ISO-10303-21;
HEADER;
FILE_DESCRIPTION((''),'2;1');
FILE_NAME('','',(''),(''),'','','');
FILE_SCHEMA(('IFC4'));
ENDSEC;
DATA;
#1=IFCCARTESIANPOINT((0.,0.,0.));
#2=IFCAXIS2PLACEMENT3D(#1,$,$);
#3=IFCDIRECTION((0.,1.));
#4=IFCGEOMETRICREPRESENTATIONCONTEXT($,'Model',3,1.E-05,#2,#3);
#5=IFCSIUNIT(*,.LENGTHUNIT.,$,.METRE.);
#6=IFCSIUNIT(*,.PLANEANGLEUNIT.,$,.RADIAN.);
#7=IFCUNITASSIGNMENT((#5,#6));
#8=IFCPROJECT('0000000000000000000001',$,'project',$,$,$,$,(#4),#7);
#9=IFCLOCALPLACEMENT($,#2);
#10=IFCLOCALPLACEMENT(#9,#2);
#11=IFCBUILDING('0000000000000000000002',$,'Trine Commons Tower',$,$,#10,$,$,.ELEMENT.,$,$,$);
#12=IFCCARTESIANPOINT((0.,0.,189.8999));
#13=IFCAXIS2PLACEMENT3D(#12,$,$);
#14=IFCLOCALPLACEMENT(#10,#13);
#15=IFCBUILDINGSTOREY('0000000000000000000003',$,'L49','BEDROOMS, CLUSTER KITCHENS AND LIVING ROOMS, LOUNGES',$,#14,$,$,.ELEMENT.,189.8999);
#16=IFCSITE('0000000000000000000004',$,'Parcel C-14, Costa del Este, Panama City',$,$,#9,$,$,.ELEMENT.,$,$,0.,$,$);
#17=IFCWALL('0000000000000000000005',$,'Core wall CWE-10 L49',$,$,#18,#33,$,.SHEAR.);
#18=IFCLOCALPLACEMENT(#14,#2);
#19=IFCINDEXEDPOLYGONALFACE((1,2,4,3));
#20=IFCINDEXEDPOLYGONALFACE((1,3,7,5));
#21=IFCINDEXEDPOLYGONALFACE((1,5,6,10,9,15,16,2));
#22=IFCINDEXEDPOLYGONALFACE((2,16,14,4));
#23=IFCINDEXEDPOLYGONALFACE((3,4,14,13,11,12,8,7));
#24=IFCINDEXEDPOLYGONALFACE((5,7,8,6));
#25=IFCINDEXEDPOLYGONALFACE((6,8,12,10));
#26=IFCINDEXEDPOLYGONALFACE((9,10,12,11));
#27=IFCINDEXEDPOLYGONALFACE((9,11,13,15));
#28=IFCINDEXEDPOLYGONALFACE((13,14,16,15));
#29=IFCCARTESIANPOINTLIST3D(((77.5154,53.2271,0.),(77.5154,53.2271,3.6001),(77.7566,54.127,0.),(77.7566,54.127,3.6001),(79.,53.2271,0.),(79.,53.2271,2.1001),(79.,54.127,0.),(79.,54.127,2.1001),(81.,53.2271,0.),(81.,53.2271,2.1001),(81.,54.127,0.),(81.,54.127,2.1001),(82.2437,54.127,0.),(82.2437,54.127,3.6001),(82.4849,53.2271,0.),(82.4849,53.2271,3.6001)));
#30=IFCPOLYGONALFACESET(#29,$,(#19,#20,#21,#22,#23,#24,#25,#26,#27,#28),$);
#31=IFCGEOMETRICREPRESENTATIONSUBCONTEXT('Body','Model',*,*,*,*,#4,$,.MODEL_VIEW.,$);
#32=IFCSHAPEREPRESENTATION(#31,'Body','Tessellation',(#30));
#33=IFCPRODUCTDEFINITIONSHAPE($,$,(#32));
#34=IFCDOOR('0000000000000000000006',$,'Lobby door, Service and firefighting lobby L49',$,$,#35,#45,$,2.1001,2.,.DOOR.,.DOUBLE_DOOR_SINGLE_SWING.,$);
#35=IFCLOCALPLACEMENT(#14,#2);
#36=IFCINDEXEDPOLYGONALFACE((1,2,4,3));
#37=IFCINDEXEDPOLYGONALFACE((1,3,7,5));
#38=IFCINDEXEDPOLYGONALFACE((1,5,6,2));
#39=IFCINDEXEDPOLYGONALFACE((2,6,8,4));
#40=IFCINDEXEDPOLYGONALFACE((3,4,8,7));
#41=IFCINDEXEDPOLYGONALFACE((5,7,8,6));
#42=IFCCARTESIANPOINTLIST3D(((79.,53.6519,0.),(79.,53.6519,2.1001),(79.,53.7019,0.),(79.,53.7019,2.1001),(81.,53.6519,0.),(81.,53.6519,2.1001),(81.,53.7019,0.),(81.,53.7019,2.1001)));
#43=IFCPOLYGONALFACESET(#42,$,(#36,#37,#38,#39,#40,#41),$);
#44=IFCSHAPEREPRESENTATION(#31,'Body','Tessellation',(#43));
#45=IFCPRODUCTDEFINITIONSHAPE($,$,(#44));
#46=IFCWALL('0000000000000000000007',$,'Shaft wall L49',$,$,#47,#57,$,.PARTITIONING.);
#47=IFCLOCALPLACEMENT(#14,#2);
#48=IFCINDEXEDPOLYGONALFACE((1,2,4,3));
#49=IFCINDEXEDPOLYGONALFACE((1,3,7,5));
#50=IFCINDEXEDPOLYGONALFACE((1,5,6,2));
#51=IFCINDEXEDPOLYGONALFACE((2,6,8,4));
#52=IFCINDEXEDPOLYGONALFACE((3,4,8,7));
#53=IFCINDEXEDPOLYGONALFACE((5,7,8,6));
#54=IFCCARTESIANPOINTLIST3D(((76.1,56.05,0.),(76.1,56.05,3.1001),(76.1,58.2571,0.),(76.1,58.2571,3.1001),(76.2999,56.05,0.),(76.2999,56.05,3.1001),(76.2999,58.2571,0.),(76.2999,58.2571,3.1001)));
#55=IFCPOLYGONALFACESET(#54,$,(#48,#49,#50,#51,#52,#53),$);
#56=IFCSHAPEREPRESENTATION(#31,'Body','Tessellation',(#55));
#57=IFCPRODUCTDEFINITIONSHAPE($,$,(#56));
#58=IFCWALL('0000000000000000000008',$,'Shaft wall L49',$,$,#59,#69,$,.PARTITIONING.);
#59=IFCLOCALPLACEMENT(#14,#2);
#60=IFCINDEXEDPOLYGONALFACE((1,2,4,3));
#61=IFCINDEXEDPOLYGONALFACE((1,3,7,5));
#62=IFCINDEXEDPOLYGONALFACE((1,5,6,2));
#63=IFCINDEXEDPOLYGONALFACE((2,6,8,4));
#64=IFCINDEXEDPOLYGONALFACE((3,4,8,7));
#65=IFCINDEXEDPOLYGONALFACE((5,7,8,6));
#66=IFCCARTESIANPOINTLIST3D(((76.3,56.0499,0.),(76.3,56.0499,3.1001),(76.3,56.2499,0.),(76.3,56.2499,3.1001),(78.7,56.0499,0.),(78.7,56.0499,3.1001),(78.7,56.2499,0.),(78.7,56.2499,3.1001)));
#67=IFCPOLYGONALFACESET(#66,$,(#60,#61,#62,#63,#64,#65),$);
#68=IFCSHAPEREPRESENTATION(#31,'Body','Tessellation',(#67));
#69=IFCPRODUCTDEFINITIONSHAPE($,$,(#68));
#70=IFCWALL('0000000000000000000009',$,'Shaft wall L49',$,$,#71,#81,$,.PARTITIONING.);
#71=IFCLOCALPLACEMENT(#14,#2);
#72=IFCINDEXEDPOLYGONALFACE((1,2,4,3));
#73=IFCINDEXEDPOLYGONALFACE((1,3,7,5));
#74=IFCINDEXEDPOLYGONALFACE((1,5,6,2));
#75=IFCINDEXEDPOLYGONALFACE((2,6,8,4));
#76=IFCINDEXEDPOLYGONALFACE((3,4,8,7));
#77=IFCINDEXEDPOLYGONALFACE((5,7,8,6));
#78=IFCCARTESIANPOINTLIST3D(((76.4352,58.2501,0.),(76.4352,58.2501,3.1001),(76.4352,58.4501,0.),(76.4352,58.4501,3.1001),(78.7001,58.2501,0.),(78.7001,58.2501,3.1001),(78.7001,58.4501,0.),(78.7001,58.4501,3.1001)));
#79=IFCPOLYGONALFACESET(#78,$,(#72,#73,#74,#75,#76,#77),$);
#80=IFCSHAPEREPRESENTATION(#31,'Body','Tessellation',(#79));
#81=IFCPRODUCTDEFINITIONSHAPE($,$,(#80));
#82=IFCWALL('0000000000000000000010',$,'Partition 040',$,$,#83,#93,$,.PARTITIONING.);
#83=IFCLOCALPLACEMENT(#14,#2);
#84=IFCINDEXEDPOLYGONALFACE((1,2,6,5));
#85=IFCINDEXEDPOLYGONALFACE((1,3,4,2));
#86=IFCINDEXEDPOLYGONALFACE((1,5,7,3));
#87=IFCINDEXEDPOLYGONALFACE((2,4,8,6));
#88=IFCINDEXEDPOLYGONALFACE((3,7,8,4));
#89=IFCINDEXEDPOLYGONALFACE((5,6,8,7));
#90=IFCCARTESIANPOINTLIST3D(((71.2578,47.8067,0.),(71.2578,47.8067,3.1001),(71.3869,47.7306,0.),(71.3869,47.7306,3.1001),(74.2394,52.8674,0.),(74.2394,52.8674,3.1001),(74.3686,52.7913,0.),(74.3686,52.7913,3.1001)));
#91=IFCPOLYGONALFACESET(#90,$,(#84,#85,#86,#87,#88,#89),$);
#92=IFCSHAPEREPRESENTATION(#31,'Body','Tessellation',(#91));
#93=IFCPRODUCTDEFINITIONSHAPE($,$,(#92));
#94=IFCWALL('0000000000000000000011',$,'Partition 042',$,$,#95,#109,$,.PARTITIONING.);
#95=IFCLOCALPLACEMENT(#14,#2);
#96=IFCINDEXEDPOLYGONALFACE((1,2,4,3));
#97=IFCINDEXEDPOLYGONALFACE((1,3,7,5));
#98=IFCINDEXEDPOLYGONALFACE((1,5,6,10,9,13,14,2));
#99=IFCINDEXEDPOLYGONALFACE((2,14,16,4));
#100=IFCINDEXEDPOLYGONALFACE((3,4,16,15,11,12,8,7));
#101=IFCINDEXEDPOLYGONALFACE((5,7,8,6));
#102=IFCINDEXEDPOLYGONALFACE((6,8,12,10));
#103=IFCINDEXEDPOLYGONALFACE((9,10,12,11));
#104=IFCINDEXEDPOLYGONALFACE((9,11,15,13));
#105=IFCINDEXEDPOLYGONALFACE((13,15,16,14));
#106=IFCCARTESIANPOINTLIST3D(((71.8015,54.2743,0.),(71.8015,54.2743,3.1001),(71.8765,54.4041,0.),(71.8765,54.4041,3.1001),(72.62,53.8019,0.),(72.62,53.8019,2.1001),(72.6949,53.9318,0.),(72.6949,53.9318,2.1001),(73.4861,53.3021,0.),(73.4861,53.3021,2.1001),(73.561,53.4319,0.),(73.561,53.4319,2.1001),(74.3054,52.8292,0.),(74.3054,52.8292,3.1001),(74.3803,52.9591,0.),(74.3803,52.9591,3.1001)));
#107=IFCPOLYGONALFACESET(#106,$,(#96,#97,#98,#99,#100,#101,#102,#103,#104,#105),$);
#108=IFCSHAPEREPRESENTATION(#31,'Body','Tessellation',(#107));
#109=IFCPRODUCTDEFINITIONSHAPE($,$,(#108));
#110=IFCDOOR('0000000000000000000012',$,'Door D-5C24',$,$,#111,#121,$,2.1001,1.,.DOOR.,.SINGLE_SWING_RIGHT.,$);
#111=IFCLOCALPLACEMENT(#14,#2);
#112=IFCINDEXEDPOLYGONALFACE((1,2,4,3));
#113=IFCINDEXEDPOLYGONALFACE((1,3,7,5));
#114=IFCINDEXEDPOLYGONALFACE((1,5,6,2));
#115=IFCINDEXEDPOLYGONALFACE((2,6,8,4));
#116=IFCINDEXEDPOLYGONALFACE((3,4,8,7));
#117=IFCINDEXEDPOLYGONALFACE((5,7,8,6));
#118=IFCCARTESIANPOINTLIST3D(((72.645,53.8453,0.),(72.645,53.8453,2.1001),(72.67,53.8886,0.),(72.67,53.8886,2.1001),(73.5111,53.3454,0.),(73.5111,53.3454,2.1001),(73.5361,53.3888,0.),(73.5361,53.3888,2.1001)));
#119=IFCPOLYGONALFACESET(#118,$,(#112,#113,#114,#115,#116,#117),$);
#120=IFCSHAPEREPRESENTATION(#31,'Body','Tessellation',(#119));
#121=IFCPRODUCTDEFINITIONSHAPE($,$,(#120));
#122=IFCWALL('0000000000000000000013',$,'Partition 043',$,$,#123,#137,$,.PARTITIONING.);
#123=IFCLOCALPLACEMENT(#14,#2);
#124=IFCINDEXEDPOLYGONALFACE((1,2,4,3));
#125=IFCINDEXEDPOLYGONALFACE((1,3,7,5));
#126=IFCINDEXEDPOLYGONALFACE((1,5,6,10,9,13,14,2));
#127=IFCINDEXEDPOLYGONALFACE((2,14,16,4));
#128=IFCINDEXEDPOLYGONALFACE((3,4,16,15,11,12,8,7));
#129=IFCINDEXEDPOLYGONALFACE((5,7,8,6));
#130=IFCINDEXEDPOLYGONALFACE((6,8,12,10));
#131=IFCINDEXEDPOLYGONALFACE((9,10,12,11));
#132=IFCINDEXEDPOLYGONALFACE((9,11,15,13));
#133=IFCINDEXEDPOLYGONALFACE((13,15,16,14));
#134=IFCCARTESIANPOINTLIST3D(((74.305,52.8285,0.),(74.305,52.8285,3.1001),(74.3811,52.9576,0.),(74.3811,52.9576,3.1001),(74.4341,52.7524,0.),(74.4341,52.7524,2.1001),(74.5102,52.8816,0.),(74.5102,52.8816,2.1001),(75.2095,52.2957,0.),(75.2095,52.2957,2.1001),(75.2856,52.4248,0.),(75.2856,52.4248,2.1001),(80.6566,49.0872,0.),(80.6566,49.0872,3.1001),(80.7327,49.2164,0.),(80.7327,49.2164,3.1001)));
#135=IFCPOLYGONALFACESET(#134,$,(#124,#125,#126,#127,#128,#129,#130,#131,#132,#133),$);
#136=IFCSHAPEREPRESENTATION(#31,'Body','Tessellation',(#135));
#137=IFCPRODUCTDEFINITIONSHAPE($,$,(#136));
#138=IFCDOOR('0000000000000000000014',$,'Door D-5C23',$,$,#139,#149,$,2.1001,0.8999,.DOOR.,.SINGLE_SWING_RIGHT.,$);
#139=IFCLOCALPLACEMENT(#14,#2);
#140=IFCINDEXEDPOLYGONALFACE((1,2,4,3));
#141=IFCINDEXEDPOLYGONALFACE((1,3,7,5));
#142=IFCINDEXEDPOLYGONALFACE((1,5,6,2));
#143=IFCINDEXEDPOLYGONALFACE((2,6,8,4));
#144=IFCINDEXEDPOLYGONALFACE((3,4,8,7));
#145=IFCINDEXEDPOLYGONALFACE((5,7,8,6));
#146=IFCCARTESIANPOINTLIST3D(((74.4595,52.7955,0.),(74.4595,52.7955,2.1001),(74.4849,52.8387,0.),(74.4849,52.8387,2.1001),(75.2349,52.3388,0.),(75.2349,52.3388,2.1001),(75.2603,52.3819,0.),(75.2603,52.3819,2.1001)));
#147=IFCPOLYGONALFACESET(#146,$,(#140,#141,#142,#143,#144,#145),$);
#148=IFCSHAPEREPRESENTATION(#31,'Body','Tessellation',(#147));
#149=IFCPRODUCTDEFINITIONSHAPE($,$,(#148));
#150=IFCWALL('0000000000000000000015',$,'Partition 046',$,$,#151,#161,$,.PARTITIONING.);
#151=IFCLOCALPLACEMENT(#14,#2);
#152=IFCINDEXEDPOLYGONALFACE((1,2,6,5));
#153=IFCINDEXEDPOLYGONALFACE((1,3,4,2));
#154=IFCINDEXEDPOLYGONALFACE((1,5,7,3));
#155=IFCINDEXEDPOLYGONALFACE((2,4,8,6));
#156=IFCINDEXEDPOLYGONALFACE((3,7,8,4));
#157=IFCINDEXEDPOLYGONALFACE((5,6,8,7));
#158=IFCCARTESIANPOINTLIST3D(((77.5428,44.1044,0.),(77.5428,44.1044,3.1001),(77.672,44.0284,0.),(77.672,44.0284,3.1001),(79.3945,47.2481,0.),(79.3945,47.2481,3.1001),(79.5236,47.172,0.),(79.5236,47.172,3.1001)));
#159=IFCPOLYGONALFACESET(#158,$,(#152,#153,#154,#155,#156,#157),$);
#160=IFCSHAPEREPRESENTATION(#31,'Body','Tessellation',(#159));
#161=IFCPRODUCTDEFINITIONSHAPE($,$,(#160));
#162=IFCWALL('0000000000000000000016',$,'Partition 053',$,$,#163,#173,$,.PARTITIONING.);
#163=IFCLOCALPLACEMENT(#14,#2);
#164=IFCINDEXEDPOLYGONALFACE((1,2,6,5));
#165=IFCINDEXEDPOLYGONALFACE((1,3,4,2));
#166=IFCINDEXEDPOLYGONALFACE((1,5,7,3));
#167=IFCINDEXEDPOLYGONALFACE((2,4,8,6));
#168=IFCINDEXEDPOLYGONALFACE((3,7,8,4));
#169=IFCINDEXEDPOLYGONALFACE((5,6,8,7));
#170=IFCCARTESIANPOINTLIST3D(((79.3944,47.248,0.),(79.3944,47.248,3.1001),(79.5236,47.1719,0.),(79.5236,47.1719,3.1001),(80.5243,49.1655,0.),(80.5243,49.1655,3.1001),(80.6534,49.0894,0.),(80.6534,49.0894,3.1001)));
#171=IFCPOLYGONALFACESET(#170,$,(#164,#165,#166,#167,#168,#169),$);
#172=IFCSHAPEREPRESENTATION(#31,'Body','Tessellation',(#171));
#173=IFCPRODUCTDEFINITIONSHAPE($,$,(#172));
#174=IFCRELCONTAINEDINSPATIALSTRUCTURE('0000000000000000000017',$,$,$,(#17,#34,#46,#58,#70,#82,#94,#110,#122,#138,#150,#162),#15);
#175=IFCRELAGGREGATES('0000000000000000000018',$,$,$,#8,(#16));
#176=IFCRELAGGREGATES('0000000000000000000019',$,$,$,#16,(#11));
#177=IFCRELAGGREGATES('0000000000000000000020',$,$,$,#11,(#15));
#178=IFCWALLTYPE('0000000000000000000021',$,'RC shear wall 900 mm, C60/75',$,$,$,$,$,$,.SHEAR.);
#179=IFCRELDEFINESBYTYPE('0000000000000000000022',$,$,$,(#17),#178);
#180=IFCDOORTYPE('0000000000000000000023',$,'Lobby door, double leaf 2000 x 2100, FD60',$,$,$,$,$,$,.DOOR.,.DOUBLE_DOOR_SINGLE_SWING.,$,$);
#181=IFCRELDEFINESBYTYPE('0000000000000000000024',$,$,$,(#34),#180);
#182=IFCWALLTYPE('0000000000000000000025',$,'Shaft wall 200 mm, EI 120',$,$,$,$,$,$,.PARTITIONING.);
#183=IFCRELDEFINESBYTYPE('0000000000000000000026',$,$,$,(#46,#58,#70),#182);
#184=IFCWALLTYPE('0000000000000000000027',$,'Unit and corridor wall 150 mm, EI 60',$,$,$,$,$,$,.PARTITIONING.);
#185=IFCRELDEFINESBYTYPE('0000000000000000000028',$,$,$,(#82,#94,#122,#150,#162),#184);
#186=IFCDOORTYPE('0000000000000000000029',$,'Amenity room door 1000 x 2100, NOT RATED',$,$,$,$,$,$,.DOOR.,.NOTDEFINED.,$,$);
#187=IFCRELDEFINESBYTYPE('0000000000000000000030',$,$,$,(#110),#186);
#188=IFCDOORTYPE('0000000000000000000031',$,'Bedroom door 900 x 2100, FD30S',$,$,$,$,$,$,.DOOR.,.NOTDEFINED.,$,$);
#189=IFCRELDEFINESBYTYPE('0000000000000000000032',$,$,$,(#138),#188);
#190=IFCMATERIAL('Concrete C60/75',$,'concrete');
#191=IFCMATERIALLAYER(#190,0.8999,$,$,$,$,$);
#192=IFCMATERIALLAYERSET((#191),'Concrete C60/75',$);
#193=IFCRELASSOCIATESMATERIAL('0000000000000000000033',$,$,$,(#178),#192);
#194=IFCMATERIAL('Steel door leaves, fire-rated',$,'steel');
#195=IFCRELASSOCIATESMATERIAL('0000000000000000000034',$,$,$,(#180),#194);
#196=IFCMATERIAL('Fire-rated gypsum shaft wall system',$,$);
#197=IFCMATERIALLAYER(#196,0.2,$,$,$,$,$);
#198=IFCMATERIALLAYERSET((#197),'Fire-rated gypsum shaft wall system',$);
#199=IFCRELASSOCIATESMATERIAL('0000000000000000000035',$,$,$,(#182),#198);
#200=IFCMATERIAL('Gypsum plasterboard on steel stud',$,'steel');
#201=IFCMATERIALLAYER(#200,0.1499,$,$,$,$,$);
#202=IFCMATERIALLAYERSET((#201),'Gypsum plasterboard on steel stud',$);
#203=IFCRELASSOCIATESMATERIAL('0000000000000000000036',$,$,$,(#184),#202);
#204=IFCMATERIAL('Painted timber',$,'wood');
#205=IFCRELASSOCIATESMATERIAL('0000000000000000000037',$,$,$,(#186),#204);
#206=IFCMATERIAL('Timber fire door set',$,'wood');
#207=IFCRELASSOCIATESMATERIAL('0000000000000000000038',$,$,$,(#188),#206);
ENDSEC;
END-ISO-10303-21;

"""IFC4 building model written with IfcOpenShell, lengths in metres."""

from ifc_helpers import new_model, si_unit, direction, frame, frame_2d, origin, place, context, subcontext, project, spatial, polyline, rectangle, outline, extrude, material, layer, layer_set, type_object, element, fill, save


model = new_model("IFC4")

# Units and contexts
model_context = context("Model", 3, precision=1e-05, world=origin(), true_north=direction((0.0, 1.0)))
body_context = subcontext(model_context, "Body", "Model", "MODEL_VIEW")
ifc_project = project(units=[si_unit("LENGTHUNIT", "METRE"), si_unit("PLANEANGLEUNIT", "RADIAN")], contexts=[model_context])

# Site, building, storey
site_placement = place(None, origin())
site = spatial("IfcSite", under=ifc_project, at=site_placement, Name="Parcel C-14, Costa del Este, Panama City", CompositionType="ELEMENT", RefElevation=0.0)
building_placement = place(site_placement, origin())
building = spatial("IfcBuilding", under=site, at=building_placement, Name="Trine Commons Tower", CompositionType="ELEMENT")
storey_placement = place(building_placement, frame((0.0, 0.0, 189.8999)))
storey = spatial("IfcBuildingStorey", under=building, at=storey_placement, Name="L49", Description="BEDROOMS, CLUSTER KITCHENS AND LIVING ROOMS, LOUNGES", CompositionType="ELEMENT", Elevation=189.8999)

# Shared definitions
ifc_material_1 = material(Name="Concrete C60/75", Category="concrete")

# Shared definitions
ifc_material_2 = material(Name="Fire-rated gypsum shaft wall system")

# Shared definitions
ifc_layer_1 = layer(ifc_material_1, 0.8999)
ifc_layer_set_1 = layer_set([ifc_layer_1], Name="Concrete C60/75")
wall_type_1 = type_object("IfcWallType", Name="RC shear wall 900 mm, C60/75", PredefinedType="SHEAR", material=ifc_layer_set_1)

# Wall, opening, door
wall_1_placement = place(storey_placement, frame((77.5154, 53.677, 0.0), z_axis=(0.0, 0.0, 1.0), x_axis=(1.0, 0.0, 0.0)))
wall_1 = element("IfcWall", 1, at=wall_1_placement, inside=storey, type_object=wall_type_1, Name="Core wall CWE-10 L49", PredefinedType="SHEAR", context=body_context, shape_type="SweptSolid", body=[
    extrude(outline(polyline([(0.0, -0.45), (4.9695, -0.45), (4.7283, 0.45), (0.2412, 0.45), (0.0, -0.45)])), origin(), (0.0, 0.0, 1.0), 3.6001),
])
opening_1_placement = place(wall_1_placement, frame((1.4846, 0.0, 0.0)))
opening_1 = element("IfcOpeningElement", 2, at=opening_1_placement, cuts=wall_1, PredefinedType="OPENING", context=body_context, shape_type="SweptSolid", body=[
    extrude(rectangle(XDim=2.0, YDim=2.1001, at=frame_2d((1.0, 1.05))), frame((0.0, 0.46, 0.0), z_axis=(0.0, -1.0, 0.0), x_axis=(1.0, 0.0, 0.0)), (0.0, 0.0, 1.0), 0.9199),
])
ifc_material_3 = material(Name="Steel door leaves, fire-rated", Category="steel")
door_type_1 = type_object("IfcDoorType", Name="Lobby door, double leaf 2000 x 2100, FD60", OperationType="DOUBLE_DOOR_SINGLE_SWING", PredefinedType="DOOR", material=ifc_material_3)
door_1_placement = place(opening_1_placement, origin())
door_1 = element("IfcDoor", 3, at=door_1_placement, inside=storey, type_object=door_type_1, Name="Lobby door, Service and firefighting lobby L49", OperationType="DOUBLE_DOOR_SINGLE_SWING", OverallHeight=2.1001, OverallWidth=2.0, PredefinedType="DOOR", context=body_context, shape_type="SweptSolid", body=[
    extrude(rectangle(XDim=2.0, YDim=2.1001, at=frame_2d((1.0, 1.05))), frame((0.0, 0.0249, 0.0), z_axis=(0.0, -1.0, 0.0), x_axis=(1.0, 0.0, 0.0)), (0.0, 0.0, 1.0), 0.05),
])
fill(opening_1, door_1)

# Walls
ifc_layer_2 = layer(ifc_material_2, 0.2)
ifc_layer_set_2 = layer_set([ifc_layer_2], Name="Fire-rated gypsum shaft wall system")
wall_type_2 = type_object("IfcWallType", Name="Shaft wall 200 mm, EI 120", PredefinedType="PARTITIONING", material=ifc_layer_set_2)
wall_2_placement = place(storey_placement, frame((76.2, 58.2571, 0.0), z_axis=(0.0, 0.0, 1.0), x_axis=(0.0, -1.0, 0.0)))
element("IfcWall", 4, at=wall_2_placement, inside=storey, type_object=wall_type_2, Name="Shaft wall L49", PredefinedType="PARTITIONING", context=body_context, shape_type="SweptSolid", body=[
    extrude(rectangle(XDim=2.207, YDim=0.2, at=frame_2d((1.1035, 0.0))), origin(), (0.0, 0.0, 1.0), 3.1001),
])
wall_3_placement = place(storey_placement, frame((78.7, 56.1499, 0.0), z_axis=(0.0, 0.0, 1.0), x_axis=(-1.0, 0.0, 0.0)))
element("IfcWall", 5, at=wall_3_placement, inside=storey, type_object=wall_type_2, Name="Shaft wall L49", PredefinedType="PARTITIONING", context=body_context, shape_type="SweptSolid", body=[
    extrude(rectangle(XDim=2.3999, YDim=0.2, at=frame_2d((1.2, 0.0))), origin(), (0.0, 0.0, 1.0), 3.1001),
])
wall_4_placement = place(storey_placement, frame((78.7, 58.3501, 0.0), z_axis=(0.0, 0.0, 1.0), x_axis=(-1.0, 0.0, 0.0)))
element("IfcWall", 6, at=wall_4_placement, inside=storey, type_object=wall_type_2, Name="Shaft wall L49", PredefinedType="PARTITIONING", context=body_context, shape_type="SweptSolid", body=[
    extrude(rectangle(XDim=2.2649, YDim=0.2, at=frame_2d((1.1323, 0.0))), origin(), (0.0, 0.0, 1.0), 3.1001),
])
ifc_material_4 = material(Name="Gypsum plasterboard on steel stud", Category="steel")
ifc_layer_3 = layer(ifc_material_4, 0.1499)
ifc_layer_set_3 = layer_set([ifc_layer_3], Name="Gypsum plasterboard on steel stud")
wall_type_3 = type_object("IfcWallType", Name="Unit and corridor wall 150 mm, EI 60", PredefinedType="PARTITIONING", material=ifc_layer_set_3)
wall_5_placement = place(storey_placement, frame((71.3223, 47.7686, 0.0), z_axis=(0.0, 0.0, 1.0), x_axis=(0.507621, 0.86158, 0.0)))
element("IfcWall", 7, at=wall_5_placement, inside=storey, type_object=wall_type_3, Name="Partition 040", PredefinedType="PARTITIONING", context=body_context, shape_type="SweptSolid", body=[
    extrude(rectangle(XDim=5.8738, YDim=0.1499, at=frame_2d((2.937, 0.0))), origin(), (0.0, 0.0, 1.0), 3.1001),
])

# Walls, openings, doors
wall_6_placement = place(storey_placement, frame((71.8391, 54.3391, 0.0), z_axis=(0.0, 0.0, 1.0), x_axis=(0.86611, -0.499854, 0.0)))
wall_6 = element("IfcWall", 8, at=wall_6_placement, inside=storey, type_object=wall_type_3, Name="Partition 042", PredefinedType="PARTITIONING", context=body_context, shape_type="SweptSolid", body=[
    extrude(rectangle(XDim=2.8909, YDim=0.1499, at=frame_2d((1.4453, 0.0))), origin(), (0.0, 0.0, 1.0), 3.1001),
])
opening_2_placement = place(wall_6_placement, frame((0.9448, 0.0, 0.0)))
opening_2 = element("IfcOpeningElement", 9, at=opening_2_placement, cuts=wall_6, PredefinedType="OPENING", context=body_context, shape_type="SweptSolid", body=[
    extrude(rectangle(XDim=1.0, YDim=2.1001, at=frame_2d((0.5, 1.05))), frame((0.0, 0.085, 0.0), z_axis=(0.0, -1.0, 0.0), x_axis=(1.0, 0.0, 0.0)), (0.0, 0.0, 1.0), 0.1699),
])
ifc_material_5 = material(Name="Painted timber", Category="wood")
door_type_2 = type_object("IfcDoorType", Name="Amenity room door 1000 x 2100, NOT RATED", OperationType="NOTDEFINED", PredefinedType="DOOR", material=ifc_material_5)
door_2_placement = place(opening_2_placement, frame((1.0, 0.0, 0.0), z_axis=(0.0, 0.0, 1.0), x_axis=(-1.0, 0.0, 0.0)))
door_2 = element("IfcDoor", 10, at=door_2_placement, inside=storey, type_object=door_type_2, Name="Door D-5C24", OperationType="SINGLE_SWING_RIGHT", OverallHeight=2.1001, OverallWidth=1.0, PredefinedType="DOOR", context=body_context, shape_type="SweptSolid", body=[
    extrude(rectangle(XDim=1.0, YDim=2.1001, at=frame_2d((0.5, 1.05))), frame((0.0, 0.0249, 0.0), z_axis=(0.0, -1.0, 0.0), x_axis=(1.0, 0.0, 0.0)), (0.0, 0.0, 1.0), 0.05),
])
fill(opening_2, door_2)
wall_7_placement = place(storey_placement, frame((74.343, 52.8931, 0.0), z_axis=(0.0, 0.0, 1.0), x_axis=(0.861638, -0.507524, 0.0)))
wall_7 = element("IfcWall", 11, at=wall_7_placement, inside=storey, type_object=wall_type_3, Name="Partition 043", PredefinedType="PARTITIONING", context=body_context, shape_type="SweptSolid", body=[
    extrude(rectangle(XDim=7.3716, YDim=0.1499, at=frame_2d((3.6858, 0.0))), origin(), (0.0, 0.0, 1.0), 3.1001),
])
opening_3_placement = place(wall_7_placement, frame((0.1499, 0.0, 0.0)))
opening_3 = element("IfcOpeningElement", 12, at=opening_3_placement, cuts=wall_7, PredefinedType="OPENING", context=body_context, shape_type="SweptSolid", body=[
    extrude(rectangle(XDim=0.8999, YDim=2.1001, at=frame_2d((0.45, 1.05))), frame((0.0, 0.085, 0.0), z_axis=(0.0, -1.0, 0.0), x_axis=(1.0, 0.0, 0.0)), (0.0, 0.0, 1.0), 0.1699),
])
ifc_material_6 = material(Name="Timber fire door set", Category="wood")
door_type_3 = type_object("IfcDoorType", Name="Bedroom door 900 x 2100, FD30S", OperationType="NOTDEFINED", PredefinedType="DOOR", material=ifc_material_6)
door_3_placement = place(opening_3_placement, frame((0.8999, 0.0, 0.0), z_axis=(0.0, 0.0, 1.0), x_axis=(-1.0, 0.0, 0.0)))
door_3 = element("IfcDoor", 13, at=door_3_placement, inside=storey, type_object=door_type_3, Name="Door D-5C23", OperationType="SINGLE_SWING_RIGHT", OverallHeight=2.1001, OverallWidth=0.8999, PredefinedType="DOOR", context=body_context, shape_type="SweptSolid", body=[
    extrude(rectangle(XDim=0.8999, YDim=2.1001, at=frame_2d((0.45, 1.05))), frame((0.0, 0.0249, 0.0), z_axis=(0.0, -1.0, 0.0), x_axis=(1.0, 0.0, 0.0)), (0.0, 0.0, 1.0), 0.05),
])
fill(opening_3, door_3)

# Walls
wall_8_placement = place(storey_placement, frame((77.6074, 44.0664, 0.0), z_axis=(0.0, 0.0, 1.0), x_axis=(0.507511, 0.861645, 0.0)))
element("IfcWall", 14, at=wall_8_placement, inside=storey, type_object=wall_type_3, Name="Partition 046", PredefinedType="PARTITIONING", context=body_context, shape_type="SweptSolid", body=[
    extrude(rectangle(XDim=3.6484, YDim=0.1499, at=frame_2d((1.8242, 0.0))), origin(), (0.0, 0.0, 1.0), 3.1001),
])
wall_9_placement = place(storey_placement, frame((79.459, 47.21, 0.0), z_axis=(0.0, 0.0, 1.0), x_axis=(0.507672, 0.86155, 0.0)))
element("IfcWall", 15, at=wall_9_placement, inside=storey, type_object=wall_type_3, Name="Partition 053", PredefinedType="PARTITIONING", context=body_context, shape_type="SweptSolid", body=[
    extrude(rectangle(XDim=2.2256, YDim=0.1499, at=frame_2d((1.1128, 0.0))), origin(), (0.0, 0.0, 1.0), 3.1001),
])

save(model, "model.ifc")
